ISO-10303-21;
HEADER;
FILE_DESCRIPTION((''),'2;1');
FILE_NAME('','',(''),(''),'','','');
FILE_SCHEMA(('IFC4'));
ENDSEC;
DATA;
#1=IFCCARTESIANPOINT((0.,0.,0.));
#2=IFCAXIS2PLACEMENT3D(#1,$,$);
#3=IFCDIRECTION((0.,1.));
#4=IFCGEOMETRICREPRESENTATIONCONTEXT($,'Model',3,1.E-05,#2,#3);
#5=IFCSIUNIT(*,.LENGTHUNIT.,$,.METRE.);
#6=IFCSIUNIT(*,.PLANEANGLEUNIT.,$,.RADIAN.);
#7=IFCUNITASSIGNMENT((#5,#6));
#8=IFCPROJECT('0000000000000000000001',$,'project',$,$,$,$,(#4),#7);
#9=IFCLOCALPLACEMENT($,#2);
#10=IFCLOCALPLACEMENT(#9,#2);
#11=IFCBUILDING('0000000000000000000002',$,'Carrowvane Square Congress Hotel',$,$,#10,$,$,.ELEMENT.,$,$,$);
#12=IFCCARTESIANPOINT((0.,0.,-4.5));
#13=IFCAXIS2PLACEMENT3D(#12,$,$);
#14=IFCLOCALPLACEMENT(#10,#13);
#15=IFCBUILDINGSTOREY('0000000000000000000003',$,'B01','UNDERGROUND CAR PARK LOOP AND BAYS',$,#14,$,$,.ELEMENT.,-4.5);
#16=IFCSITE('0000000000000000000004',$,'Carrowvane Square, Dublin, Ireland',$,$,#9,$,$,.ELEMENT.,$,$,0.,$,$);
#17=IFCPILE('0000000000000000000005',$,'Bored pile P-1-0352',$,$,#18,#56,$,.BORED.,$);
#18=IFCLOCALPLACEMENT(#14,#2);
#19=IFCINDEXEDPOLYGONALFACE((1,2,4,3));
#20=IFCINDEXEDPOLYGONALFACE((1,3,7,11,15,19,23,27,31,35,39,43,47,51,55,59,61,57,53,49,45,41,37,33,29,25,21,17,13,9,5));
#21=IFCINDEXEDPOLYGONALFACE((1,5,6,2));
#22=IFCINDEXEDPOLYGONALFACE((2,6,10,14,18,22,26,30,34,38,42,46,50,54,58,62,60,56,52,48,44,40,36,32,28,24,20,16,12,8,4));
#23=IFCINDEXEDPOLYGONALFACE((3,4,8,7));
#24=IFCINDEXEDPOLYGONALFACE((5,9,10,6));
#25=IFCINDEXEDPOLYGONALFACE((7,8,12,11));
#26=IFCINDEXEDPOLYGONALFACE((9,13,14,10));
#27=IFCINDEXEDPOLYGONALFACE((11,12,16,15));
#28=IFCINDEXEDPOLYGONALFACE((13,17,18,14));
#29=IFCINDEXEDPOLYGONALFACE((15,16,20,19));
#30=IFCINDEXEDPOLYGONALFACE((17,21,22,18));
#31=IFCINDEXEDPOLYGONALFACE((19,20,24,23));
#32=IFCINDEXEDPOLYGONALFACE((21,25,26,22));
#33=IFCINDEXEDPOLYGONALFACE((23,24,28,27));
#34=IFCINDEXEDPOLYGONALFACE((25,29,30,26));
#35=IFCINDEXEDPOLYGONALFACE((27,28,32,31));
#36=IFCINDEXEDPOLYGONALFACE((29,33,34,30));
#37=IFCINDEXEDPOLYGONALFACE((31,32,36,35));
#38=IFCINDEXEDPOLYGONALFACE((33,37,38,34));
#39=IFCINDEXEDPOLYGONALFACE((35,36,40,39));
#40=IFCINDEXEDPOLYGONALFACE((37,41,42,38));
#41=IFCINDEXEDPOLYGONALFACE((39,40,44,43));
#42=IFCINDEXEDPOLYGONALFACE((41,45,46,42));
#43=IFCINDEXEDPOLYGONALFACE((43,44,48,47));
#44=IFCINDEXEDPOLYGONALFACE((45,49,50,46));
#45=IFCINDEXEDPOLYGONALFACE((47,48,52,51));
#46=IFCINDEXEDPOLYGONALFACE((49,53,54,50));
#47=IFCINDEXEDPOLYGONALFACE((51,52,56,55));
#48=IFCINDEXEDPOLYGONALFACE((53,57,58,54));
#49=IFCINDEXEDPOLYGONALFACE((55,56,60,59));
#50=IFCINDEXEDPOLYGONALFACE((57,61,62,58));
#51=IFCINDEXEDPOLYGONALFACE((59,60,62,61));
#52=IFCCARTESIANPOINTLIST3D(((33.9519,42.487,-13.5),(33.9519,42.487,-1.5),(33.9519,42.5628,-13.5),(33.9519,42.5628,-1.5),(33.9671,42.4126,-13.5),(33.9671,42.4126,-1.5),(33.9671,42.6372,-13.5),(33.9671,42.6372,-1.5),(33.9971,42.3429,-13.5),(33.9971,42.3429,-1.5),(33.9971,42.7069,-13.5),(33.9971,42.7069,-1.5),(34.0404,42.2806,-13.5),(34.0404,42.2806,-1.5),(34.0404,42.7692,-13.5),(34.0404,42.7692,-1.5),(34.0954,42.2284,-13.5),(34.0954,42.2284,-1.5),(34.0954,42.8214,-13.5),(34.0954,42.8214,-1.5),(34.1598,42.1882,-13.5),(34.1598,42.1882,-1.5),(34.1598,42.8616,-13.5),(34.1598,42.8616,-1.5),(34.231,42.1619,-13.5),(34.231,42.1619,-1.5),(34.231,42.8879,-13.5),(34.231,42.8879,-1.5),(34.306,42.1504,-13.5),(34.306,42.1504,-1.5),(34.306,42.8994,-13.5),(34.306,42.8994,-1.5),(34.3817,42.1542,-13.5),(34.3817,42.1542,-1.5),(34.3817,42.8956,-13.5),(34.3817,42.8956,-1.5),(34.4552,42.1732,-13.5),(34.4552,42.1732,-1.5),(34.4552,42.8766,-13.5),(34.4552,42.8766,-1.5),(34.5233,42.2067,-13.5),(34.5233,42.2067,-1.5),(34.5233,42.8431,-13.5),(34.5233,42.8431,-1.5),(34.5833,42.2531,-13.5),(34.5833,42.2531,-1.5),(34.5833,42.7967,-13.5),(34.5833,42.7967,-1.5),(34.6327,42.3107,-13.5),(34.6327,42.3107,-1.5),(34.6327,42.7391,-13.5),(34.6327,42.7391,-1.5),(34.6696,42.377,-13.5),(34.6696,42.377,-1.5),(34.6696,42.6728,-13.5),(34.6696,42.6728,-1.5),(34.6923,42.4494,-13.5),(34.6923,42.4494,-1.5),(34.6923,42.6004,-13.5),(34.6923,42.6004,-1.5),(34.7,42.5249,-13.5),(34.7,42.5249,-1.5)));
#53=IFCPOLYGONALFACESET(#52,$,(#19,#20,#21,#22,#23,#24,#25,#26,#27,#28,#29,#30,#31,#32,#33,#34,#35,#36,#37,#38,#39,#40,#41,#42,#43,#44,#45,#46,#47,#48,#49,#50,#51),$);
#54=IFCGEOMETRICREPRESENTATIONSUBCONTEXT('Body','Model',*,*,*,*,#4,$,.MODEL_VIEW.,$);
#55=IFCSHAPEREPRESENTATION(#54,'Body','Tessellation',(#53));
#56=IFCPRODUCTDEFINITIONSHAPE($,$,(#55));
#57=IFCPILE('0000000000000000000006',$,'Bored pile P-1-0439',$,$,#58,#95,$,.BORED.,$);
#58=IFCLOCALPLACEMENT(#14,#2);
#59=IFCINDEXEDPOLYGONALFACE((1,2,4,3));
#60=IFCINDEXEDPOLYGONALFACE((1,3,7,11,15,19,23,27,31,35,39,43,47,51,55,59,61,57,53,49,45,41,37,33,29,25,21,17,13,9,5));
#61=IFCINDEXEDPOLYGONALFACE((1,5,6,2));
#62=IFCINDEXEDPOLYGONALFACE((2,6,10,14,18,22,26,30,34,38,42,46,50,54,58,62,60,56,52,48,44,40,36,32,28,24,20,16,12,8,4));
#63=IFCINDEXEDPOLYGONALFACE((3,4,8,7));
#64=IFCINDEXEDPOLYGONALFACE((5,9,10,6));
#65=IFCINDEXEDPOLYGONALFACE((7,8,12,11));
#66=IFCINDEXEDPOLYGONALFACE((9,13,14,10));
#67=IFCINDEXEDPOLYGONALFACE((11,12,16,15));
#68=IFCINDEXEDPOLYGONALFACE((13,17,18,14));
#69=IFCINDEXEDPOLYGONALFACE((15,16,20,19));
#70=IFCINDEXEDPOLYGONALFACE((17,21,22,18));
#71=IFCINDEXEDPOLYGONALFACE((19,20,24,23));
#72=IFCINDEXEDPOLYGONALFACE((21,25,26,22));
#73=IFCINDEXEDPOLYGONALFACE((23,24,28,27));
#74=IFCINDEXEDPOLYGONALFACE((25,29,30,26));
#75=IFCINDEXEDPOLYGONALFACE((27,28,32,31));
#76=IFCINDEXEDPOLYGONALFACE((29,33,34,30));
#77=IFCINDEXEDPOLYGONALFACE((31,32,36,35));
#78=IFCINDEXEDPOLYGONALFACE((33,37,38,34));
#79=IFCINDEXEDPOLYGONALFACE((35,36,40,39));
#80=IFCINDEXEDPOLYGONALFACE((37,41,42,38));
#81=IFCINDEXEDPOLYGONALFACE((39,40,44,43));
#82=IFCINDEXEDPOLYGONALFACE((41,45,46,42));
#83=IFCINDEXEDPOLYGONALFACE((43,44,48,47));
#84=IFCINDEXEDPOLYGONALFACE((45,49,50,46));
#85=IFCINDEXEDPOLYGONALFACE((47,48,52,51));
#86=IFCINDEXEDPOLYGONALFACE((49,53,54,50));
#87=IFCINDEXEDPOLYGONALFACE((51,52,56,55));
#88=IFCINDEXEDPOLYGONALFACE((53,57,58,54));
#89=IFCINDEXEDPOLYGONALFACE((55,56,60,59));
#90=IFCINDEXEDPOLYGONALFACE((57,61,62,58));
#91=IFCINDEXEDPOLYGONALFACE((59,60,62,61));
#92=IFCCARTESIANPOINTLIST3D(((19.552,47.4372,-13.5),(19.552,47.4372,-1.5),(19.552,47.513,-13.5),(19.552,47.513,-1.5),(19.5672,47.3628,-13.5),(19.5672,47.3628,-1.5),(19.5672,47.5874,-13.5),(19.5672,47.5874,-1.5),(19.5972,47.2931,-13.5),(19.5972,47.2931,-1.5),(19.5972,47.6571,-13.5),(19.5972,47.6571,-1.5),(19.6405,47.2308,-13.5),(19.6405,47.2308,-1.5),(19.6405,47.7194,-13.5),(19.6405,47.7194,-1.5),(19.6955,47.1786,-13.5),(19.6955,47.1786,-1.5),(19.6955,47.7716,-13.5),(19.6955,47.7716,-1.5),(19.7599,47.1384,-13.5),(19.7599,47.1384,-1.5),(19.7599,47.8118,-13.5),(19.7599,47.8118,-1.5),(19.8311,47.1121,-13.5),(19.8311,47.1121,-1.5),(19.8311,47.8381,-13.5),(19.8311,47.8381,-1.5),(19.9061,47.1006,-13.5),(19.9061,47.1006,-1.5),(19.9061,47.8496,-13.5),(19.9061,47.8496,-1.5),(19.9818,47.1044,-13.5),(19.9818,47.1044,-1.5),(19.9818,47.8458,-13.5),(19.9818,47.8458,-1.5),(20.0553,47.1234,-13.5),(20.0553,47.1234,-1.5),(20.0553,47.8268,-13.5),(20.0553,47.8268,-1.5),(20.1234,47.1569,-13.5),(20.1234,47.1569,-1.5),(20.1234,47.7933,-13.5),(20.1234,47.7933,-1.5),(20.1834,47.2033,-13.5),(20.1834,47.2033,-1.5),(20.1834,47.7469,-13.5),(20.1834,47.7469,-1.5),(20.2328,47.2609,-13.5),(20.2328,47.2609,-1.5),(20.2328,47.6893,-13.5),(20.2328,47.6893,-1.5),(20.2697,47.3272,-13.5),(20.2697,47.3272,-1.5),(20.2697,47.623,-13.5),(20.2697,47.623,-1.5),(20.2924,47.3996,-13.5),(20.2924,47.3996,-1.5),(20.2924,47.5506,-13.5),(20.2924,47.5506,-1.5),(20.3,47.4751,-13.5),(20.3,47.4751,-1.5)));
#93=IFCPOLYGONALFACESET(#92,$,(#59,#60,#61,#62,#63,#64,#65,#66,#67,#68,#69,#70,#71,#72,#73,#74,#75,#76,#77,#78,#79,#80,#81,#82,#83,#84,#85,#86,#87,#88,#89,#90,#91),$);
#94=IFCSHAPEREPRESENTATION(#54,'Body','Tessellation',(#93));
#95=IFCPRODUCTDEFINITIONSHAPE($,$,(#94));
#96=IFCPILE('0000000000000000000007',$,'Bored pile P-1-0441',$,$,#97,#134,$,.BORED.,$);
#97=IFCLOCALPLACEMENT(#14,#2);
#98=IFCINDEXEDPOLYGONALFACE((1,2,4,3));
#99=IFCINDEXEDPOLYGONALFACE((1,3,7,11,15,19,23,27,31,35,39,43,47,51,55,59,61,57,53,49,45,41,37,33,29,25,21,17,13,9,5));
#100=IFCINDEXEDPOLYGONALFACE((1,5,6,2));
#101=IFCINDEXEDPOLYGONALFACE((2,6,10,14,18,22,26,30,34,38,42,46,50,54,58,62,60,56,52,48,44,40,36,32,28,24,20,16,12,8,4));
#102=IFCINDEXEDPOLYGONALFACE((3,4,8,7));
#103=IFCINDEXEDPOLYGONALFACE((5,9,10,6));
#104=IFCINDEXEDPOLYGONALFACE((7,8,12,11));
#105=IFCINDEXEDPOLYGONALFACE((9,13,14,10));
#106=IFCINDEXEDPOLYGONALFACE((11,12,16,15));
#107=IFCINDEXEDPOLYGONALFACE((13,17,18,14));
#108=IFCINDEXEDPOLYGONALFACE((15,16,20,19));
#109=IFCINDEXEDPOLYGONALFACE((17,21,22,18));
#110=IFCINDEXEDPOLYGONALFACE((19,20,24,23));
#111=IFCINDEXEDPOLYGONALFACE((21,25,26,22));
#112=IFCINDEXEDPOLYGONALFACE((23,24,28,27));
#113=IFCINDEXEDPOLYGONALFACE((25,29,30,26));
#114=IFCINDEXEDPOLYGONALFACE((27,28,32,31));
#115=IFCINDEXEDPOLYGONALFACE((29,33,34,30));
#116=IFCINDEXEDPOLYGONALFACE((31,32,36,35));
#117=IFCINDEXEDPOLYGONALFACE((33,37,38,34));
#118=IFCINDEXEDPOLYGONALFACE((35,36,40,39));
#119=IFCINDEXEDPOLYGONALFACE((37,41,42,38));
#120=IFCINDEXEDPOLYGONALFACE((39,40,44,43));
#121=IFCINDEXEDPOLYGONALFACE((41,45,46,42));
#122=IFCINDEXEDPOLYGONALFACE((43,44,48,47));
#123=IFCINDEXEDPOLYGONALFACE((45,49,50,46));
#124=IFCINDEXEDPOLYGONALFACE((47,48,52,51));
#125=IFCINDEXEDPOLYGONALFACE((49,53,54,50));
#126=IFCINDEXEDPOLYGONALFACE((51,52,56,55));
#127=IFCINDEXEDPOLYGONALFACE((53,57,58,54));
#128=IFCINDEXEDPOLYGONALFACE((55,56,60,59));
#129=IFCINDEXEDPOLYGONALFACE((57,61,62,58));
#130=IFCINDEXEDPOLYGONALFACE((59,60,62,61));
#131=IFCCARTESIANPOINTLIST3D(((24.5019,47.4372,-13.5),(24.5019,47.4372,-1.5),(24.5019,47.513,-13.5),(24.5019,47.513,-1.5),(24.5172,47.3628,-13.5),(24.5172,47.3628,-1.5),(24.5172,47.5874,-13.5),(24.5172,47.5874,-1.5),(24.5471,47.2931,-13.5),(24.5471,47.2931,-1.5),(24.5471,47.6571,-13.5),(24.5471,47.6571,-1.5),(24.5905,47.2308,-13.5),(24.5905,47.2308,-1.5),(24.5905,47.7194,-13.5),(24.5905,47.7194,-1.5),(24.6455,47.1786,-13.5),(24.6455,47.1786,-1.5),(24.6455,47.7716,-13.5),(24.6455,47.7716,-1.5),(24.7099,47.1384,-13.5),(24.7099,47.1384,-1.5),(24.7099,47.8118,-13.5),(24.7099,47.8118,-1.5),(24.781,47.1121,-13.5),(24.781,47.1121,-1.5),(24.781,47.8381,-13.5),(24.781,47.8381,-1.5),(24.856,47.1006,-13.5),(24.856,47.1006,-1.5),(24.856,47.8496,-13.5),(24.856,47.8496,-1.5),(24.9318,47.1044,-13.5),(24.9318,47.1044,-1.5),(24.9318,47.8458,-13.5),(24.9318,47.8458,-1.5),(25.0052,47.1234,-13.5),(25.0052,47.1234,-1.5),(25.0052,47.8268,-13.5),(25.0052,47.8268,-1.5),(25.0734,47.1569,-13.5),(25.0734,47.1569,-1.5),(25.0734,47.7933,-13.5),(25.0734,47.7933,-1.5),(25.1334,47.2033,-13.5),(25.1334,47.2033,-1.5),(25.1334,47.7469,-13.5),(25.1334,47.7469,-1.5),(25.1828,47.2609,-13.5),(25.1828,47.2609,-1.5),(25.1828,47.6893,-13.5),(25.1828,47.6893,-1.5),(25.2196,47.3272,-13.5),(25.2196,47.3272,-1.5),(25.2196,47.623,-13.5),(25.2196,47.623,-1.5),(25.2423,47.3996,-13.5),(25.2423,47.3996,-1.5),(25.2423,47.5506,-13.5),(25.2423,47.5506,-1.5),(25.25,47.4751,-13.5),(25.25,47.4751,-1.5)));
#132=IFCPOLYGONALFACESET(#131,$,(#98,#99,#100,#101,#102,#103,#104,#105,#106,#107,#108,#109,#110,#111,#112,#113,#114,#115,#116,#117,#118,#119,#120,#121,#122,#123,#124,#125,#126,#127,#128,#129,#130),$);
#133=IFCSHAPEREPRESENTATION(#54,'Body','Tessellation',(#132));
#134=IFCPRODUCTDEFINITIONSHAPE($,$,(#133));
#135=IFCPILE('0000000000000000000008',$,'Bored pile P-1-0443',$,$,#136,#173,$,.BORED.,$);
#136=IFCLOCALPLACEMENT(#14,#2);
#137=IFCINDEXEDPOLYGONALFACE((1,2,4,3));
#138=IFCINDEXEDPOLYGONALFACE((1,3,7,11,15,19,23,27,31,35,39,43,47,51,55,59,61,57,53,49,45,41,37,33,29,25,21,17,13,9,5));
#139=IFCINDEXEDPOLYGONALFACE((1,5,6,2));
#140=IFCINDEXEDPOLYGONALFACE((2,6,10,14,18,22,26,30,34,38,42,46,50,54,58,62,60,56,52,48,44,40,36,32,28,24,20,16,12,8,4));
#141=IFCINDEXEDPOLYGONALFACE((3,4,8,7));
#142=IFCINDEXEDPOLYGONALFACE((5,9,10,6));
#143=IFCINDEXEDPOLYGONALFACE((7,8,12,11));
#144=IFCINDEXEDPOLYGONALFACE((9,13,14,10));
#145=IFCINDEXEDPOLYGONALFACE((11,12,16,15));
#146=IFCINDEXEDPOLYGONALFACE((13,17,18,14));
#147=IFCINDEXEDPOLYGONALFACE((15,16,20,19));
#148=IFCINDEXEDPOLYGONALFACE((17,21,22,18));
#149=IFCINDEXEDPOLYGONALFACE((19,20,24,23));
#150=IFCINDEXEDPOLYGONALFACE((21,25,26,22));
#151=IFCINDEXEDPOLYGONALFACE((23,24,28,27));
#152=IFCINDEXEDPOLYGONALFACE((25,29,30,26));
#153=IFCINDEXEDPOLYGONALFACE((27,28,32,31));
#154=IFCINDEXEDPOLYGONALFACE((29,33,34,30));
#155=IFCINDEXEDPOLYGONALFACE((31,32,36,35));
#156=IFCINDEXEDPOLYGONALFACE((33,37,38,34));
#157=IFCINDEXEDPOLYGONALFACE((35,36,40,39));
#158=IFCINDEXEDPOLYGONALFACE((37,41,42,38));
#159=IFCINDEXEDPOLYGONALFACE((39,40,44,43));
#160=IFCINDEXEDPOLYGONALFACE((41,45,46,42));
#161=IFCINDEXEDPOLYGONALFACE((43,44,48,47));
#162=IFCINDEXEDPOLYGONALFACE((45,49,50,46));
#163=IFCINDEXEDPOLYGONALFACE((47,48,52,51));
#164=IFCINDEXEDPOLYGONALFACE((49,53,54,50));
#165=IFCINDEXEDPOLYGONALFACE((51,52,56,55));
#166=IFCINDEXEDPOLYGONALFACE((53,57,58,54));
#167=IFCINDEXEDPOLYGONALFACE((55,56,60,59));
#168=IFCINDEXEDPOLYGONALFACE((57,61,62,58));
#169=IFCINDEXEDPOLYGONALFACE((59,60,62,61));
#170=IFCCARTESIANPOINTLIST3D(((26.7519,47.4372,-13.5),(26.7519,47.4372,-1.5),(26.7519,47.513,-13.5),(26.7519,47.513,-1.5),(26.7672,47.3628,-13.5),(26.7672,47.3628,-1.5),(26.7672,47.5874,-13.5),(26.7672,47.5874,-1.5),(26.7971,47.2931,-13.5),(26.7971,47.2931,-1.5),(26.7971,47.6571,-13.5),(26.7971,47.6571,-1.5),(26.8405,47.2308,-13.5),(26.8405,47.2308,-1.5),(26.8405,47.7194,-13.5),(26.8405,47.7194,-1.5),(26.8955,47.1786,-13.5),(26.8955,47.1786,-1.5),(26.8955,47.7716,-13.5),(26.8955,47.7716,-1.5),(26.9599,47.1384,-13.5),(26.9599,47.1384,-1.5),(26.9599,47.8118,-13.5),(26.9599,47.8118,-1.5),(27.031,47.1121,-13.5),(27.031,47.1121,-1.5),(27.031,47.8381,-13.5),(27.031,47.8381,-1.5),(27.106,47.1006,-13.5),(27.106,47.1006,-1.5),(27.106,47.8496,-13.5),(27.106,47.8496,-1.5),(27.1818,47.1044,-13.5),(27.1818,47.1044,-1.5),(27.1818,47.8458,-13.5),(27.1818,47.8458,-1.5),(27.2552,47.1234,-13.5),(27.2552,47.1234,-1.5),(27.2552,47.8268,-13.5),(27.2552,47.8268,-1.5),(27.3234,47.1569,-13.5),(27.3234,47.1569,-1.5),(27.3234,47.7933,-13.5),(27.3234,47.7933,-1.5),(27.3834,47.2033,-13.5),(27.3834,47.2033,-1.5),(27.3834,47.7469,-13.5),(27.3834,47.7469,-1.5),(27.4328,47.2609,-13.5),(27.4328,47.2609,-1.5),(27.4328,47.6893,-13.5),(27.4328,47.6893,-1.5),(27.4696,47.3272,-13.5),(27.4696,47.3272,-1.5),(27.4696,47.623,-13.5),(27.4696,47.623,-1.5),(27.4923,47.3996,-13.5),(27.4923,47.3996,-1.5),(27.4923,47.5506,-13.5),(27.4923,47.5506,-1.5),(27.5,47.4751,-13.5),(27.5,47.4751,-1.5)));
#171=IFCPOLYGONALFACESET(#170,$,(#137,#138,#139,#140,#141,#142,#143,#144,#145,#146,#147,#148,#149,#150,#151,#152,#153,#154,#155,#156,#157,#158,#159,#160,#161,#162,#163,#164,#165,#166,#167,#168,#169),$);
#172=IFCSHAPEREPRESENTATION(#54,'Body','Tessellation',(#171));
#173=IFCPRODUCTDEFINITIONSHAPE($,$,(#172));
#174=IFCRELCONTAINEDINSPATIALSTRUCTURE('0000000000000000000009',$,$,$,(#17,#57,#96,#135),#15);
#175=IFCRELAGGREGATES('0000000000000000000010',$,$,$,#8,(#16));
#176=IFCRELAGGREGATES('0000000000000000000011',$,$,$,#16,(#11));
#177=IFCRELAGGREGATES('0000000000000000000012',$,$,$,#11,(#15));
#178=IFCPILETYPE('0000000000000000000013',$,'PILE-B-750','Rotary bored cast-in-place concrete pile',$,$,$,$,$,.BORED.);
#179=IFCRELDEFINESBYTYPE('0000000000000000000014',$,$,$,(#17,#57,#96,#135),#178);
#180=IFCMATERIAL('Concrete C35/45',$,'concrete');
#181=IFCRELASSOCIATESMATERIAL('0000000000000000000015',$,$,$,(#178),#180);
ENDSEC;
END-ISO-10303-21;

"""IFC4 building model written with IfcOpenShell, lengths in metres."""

from ifc_helpers import new_model, si_unit, direction, frame, origin, origin_2d, place, context, subcontext, project, spatial, circle, extrude, material, material_profile, profile_set, type_object, element, save


model = new_model("IFC4")

# Units and contexts
model_context = context("Model", 3, precision=1e-05, world=origin(), true_north=direction((0.0, 1.0)))
body_context = subcontext(model_context, "Body", "Model", "MODEL_VIEW")
ifc_project = project(units=[si_unit("LENGTHUNIT", "METRE"), si_unit("PLANEANGLEUNIT", "RADIAN")], contexts=[model_context])

# Site, building, storey
site_placement = place(None, origin())
site = spatial("IfcSite", under=ifc_project, at=site_placement, Name="Carrowvane Square, Dublin, Ireland", CompositionType="ELEMENT", RefElevation=0.0)
building_placement = place(site_placement, origin())
building = spatial("IfcBuilding", under=site, at=building_placement, Name="Carrowvane Square Congress Hotel", CompositionType="ELEMENT")
storey_placement = place(building_placement, frame((0.0, 0.0, -4.5)))
storey = spatial("IfcBuildingStorey", under=building, at=storey_placement, Name="B01", Description="UNDERGROUND CAR PARK LOOP AND BAYS", CompositionType="ELEMENT", Elevation=-4.5)

# Piles
ifc_material_1 = material(Name="Concrete C35/45", Category="concrete")
ifc_material_profile_1 = material_profile(ifc_material_1, circle(Radius=0.375, at=origin_2d()), Name="PILE D750")
ifc_profile_set_1 = profile_set([ifc_material_profile_1], Name="Concrete C35/45")
pile_type = type_object("IfcPileType", Name="PILE-B-750", Description="Rotary bored cast-in-place concrete pile", PredefinedType="BORED", material=ifc_profile_set_1)
for number, where, z_axis, x_axis, name in (
    (1, (34.325, 42.5249, -1.5), (0.0, 0.0, -1.0), (1.0, 0.0, 0.0), "Bored pile P-1-0352"),
    (2, (19.925, 47.4751, -1.5), (0.0, 0.0, -1.0), (1.0, 0.0, 0.0), "Bored pile P-1-0439"),
    (3, (24.875, 47.4751, -1.5), (0.0, 0.0, -1.0), (1.0, 0.0, 0.0), "Bored pile P-1-0441"),
    (4, (27.125, 47.4751, -1.5), (0.0, 0.0, -1.0), (1.0, 0.0, 0.0), "Bored pile P-1-0443"),
):
    element("IfcPile", number, at=place(storey_placement, frame(where, z_axis=z_axis, x_axis=x_axis)), inside=storey, type_object=pile_type, Name=name, PredefinedType="BORED", context=body_context, shape_type="SweptSolid", body=[
        extrude(circle(Radius=0.375, at=origin_2d()), origin(), (0.0, 0.0, 1.0), 12.0),
    ])

save(model, "model.ifc")
